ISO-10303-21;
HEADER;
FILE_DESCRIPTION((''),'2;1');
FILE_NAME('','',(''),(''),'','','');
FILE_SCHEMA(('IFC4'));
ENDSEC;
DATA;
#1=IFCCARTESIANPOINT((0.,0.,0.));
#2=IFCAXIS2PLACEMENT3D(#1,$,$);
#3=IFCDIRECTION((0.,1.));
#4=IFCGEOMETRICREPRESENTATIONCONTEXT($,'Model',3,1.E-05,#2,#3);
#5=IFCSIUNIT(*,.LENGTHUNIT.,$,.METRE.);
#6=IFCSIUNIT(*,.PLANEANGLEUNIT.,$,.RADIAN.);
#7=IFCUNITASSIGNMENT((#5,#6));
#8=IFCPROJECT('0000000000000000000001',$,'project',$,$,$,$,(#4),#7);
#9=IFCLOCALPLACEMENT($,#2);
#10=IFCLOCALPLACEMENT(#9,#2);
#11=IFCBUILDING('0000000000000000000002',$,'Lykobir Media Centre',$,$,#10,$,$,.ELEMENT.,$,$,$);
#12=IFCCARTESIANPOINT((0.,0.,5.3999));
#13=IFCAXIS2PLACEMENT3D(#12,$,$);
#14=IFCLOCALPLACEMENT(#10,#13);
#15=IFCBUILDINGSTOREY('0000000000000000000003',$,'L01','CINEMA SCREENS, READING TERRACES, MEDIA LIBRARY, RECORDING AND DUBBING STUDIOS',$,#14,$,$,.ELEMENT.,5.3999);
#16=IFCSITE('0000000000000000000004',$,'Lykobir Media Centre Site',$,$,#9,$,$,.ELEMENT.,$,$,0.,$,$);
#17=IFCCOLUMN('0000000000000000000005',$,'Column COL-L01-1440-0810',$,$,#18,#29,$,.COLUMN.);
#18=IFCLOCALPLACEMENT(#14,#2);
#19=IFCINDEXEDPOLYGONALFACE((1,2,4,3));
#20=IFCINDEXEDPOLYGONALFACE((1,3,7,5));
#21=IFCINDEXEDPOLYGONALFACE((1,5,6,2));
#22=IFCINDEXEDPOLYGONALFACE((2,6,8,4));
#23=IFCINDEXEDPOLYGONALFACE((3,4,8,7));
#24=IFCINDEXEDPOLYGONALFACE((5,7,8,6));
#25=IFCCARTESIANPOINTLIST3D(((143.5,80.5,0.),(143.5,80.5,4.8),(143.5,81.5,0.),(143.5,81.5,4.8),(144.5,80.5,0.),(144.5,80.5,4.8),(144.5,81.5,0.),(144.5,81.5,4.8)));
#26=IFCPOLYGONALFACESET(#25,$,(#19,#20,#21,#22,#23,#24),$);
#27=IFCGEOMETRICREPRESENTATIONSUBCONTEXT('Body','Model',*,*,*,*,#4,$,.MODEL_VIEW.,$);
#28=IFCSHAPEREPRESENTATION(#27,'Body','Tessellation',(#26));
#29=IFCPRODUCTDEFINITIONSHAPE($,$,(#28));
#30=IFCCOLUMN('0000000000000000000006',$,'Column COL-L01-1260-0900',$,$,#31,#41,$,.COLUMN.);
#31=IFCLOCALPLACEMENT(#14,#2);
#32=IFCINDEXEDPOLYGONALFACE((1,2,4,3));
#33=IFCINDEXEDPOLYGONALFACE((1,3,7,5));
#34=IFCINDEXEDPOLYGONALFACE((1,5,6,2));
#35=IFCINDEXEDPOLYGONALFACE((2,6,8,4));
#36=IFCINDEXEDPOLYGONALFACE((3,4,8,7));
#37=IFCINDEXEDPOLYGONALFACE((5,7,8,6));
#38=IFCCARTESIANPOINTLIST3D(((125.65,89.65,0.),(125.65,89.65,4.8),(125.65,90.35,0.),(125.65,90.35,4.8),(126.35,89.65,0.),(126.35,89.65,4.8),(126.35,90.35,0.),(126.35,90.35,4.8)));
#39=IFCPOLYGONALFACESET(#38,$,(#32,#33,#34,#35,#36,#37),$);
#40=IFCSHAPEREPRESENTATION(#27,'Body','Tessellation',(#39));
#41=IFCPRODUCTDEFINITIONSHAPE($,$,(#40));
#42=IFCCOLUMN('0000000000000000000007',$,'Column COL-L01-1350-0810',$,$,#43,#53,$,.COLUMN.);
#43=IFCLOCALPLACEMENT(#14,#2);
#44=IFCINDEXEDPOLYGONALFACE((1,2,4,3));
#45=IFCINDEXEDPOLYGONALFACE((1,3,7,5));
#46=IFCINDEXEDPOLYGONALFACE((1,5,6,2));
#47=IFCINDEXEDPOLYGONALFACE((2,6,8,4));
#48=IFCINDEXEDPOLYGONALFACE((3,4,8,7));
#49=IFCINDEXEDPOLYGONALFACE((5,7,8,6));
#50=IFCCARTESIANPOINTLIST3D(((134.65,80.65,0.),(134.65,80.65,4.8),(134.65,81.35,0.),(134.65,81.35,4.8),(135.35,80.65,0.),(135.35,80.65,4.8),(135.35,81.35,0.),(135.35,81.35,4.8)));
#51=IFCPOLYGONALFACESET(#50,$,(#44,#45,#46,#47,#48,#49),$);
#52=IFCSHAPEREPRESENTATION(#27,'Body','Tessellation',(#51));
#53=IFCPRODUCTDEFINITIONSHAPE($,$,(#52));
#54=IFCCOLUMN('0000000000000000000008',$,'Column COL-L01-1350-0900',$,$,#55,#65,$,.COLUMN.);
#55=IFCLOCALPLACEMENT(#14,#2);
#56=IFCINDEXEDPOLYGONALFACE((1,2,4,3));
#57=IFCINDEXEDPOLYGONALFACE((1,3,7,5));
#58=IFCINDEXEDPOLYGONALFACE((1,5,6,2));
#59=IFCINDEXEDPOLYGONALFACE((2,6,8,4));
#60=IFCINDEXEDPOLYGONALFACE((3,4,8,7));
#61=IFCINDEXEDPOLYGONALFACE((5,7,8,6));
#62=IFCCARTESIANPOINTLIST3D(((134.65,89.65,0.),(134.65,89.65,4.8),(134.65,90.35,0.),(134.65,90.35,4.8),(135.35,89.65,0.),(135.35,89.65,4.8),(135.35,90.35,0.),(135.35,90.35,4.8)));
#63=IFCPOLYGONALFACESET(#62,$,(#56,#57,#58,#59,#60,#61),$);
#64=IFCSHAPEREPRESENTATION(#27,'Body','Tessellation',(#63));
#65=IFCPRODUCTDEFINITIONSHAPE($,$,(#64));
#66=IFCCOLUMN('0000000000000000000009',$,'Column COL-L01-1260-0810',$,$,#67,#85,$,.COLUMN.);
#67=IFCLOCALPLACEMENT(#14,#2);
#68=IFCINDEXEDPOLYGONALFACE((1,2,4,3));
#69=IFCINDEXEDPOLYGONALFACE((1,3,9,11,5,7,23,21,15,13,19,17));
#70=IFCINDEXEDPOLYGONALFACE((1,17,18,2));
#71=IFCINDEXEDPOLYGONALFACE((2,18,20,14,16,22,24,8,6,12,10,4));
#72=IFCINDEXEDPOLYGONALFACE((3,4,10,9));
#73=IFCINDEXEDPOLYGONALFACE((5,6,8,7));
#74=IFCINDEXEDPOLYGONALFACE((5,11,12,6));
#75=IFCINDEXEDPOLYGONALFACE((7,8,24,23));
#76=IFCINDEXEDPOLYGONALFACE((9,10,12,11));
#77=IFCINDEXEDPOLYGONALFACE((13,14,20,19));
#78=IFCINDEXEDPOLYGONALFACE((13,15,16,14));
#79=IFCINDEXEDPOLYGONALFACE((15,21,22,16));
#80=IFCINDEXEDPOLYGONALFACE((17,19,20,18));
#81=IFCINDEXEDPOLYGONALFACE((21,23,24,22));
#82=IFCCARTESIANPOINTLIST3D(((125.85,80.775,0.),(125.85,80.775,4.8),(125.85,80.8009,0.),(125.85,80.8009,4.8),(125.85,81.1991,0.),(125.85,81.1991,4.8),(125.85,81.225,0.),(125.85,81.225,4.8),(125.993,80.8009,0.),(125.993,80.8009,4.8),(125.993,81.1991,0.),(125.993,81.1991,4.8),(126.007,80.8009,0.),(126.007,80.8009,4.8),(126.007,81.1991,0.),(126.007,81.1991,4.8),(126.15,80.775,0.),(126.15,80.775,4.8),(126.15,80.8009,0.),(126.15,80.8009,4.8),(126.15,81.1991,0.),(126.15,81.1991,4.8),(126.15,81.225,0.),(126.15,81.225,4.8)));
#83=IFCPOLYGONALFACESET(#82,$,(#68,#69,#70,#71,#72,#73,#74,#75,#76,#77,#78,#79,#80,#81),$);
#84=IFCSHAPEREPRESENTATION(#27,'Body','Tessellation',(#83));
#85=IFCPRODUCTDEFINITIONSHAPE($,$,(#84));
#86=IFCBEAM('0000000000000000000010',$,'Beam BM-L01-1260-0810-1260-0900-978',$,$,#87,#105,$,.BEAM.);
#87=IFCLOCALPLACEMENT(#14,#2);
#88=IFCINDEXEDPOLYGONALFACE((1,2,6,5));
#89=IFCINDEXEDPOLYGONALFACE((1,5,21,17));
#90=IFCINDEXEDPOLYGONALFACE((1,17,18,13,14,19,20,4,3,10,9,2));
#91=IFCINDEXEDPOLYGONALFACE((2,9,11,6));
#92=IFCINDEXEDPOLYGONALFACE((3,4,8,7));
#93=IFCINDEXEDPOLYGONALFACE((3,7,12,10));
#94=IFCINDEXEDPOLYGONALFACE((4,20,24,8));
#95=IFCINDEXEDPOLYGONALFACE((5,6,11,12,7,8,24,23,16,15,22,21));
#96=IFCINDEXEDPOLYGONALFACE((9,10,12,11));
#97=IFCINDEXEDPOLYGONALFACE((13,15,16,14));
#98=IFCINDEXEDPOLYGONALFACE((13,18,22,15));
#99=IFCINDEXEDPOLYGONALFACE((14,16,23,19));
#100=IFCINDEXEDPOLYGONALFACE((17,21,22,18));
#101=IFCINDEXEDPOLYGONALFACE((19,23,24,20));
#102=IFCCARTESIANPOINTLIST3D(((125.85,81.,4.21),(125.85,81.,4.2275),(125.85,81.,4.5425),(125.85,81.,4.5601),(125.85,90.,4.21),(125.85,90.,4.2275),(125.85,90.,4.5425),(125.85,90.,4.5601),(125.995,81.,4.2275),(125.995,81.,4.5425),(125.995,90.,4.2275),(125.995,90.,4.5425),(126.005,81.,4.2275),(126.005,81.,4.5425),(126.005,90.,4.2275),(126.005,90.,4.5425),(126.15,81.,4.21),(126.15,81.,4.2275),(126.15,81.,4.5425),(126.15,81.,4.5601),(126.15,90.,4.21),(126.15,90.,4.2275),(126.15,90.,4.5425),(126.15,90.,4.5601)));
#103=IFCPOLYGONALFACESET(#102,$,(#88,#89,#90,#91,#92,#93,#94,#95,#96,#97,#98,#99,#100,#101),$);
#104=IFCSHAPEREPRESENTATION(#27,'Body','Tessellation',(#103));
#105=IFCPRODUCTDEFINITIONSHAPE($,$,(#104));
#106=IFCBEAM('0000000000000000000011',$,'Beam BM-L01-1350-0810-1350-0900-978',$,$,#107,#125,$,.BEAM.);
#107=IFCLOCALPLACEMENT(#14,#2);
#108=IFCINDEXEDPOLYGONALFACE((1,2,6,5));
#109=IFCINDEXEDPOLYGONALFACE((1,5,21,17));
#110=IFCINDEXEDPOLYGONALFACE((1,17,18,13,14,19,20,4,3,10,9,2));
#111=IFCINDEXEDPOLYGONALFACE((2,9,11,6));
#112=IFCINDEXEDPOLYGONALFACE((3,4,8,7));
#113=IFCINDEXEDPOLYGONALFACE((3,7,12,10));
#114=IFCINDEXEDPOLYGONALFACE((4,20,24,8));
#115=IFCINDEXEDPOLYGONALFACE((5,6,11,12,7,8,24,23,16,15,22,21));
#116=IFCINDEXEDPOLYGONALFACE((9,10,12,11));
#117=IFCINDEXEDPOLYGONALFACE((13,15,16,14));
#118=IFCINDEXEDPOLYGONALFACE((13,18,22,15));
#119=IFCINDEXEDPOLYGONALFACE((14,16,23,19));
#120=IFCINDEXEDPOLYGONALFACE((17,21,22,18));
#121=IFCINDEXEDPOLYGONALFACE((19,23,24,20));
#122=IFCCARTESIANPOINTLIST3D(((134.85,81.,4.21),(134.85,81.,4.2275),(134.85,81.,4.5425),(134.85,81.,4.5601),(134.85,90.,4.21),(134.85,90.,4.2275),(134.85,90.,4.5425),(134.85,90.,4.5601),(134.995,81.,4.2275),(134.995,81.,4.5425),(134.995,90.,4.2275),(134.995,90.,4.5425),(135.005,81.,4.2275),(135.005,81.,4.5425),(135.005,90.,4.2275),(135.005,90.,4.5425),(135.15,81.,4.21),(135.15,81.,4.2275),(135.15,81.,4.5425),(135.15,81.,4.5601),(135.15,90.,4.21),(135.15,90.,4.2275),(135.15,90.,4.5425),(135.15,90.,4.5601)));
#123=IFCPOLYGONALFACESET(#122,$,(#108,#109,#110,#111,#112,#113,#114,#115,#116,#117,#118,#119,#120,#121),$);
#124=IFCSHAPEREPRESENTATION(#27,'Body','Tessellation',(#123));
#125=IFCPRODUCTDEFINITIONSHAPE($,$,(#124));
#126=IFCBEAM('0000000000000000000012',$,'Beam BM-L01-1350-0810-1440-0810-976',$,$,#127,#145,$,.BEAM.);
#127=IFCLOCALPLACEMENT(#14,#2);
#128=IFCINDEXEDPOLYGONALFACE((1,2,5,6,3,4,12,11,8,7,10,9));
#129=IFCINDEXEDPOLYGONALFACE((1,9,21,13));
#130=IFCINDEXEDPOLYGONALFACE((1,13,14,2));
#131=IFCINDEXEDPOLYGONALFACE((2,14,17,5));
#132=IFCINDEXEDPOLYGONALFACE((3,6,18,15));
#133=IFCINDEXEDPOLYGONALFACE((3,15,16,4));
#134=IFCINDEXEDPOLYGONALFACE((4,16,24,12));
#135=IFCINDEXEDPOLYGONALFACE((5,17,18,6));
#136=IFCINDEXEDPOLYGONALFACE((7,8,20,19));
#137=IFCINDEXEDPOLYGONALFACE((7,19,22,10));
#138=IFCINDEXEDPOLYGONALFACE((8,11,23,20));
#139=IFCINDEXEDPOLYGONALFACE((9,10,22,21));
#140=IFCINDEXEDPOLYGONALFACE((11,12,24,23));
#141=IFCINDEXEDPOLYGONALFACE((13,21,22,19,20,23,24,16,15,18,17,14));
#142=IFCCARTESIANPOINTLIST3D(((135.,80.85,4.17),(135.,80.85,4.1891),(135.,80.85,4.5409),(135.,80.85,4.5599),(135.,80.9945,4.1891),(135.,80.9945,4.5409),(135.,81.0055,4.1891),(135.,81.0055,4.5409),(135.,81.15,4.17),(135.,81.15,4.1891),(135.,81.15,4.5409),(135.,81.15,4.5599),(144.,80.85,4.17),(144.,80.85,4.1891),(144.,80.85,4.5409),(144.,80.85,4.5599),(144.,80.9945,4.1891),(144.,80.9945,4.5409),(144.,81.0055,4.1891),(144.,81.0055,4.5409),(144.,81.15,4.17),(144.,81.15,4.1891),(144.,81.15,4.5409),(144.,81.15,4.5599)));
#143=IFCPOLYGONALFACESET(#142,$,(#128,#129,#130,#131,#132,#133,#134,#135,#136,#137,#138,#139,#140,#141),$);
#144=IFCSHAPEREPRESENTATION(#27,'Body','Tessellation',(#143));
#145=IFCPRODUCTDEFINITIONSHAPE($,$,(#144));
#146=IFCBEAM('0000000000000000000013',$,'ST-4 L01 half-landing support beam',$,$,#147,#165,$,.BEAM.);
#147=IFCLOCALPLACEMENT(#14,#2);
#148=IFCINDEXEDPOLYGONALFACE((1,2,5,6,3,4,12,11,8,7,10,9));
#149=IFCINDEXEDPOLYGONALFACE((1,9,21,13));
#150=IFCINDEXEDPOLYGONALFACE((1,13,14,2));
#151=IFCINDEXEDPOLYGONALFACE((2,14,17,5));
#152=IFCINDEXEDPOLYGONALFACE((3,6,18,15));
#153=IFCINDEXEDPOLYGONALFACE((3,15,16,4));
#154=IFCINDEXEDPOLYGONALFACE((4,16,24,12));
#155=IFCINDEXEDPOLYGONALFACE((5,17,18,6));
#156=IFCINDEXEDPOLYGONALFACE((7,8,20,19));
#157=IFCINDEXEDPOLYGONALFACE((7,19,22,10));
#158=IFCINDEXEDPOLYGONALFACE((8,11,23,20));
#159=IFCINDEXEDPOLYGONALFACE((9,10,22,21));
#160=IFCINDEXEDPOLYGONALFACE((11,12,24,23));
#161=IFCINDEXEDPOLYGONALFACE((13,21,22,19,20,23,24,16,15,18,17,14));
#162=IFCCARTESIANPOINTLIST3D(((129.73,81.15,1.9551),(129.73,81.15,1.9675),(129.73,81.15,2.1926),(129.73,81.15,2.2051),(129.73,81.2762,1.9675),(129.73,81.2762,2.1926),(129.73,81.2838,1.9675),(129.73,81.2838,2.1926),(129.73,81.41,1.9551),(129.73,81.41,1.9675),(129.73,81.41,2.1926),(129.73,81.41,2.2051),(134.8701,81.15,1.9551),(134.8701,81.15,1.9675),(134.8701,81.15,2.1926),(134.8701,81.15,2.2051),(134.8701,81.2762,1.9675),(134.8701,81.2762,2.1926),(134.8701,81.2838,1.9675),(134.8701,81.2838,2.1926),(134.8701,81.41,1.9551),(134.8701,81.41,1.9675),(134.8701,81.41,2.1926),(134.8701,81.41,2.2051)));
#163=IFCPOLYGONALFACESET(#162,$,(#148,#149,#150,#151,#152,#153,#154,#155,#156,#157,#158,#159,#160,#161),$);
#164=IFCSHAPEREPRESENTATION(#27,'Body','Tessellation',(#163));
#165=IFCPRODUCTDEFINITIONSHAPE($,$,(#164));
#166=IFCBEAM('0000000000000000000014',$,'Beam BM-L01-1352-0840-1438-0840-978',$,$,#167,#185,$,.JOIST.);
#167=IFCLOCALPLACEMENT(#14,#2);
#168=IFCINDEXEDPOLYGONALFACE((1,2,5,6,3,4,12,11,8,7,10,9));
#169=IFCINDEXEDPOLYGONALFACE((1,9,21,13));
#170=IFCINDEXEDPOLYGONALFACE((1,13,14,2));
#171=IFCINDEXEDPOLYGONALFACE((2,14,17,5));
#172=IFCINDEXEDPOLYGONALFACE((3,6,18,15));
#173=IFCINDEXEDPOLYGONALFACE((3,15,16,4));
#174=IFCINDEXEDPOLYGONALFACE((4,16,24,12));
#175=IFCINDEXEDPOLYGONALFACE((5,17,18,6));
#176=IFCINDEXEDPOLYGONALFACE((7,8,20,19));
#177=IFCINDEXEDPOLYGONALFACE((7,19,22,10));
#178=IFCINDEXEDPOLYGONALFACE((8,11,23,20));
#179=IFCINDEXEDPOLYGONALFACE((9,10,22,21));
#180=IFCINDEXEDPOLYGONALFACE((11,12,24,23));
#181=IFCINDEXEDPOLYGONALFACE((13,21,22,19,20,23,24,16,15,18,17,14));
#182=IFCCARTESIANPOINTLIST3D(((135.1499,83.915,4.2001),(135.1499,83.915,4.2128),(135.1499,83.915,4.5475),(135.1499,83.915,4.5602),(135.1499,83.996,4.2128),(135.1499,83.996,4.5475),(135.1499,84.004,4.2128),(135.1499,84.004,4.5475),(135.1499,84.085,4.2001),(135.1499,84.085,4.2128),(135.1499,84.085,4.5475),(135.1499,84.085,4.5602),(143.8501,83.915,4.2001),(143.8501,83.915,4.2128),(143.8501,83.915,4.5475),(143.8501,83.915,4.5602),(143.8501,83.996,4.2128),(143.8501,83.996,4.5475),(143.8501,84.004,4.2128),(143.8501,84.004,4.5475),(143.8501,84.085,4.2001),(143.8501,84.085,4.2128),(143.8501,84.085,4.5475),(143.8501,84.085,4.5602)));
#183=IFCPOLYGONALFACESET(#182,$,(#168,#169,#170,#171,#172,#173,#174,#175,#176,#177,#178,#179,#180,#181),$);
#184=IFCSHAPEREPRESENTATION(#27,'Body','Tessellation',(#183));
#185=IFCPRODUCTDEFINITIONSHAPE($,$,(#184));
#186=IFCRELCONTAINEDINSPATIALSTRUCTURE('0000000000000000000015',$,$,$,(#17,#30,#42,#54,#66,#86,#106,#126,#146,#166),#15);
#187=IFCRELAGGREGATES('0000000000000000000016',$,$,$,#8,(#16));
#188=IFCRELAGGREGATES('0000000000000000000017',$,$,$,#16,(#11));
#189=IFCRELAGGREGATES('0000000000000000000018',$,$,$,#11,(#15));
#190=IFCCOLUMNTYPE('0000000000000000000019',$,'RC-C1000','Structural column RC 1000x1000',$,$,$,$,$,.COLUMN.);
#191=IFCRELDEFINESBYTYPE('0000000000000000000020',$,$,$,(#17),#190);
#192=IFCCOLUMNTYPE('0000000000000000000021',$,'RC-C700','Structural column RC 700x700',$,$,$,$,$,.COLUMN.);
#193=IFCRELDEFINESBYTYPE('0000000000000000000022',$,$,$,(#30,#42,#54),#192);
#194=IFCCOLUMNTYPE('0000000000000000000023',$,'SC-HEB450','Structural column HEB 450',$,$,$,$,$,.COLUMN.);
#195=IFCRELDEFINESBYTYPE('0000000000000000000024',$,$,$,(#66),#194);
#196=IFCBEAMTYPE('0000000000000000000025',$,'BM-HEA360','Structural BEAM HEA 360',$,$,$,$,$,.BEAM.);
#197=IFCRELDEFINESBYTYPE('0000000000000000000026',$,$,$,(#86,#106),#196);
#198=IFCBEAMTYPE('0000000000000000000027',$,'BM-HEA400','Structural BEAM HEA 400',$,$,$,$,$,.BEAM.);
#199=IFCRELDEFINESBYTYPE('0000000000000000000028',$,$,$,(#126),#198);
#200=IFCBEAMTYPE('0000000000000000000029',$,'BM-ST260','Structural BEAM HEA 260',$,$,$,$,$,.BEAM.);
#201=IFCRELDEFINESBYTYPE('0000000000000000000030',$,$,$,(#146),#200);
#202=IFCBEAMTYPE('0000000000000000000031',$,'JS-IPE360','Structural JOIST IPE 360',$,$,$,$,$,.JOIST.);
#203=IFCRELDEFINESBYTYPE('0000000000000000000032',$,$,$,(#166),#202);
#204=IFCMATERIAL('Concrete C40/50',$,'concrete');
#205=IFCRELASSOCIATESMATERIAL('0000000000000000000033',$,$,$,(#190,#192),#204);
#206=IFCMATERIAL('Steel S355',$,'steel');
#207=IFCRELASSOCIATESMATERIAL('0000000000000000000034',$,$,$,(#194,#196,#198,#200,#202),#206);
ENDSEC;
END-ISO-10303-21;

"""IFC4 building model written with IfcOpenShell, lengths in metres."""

from ifc_helpers import new_model, si_unit, direction, frame, origin, origin_2d, place, context, subcontext, project, spatial, rectangle, i_section, extrude, material, material_profile, profile_set, type_object, element, save


model = new_model("IFC4")

# Units and contexts
model_context = context("Model", 3, precision=1e-05, world=origin(), true_north=direction((0.0, 1.0)))
body_context = subcontext(model_context, "Body", "Model", "MODEL_VIEW")
ifc_project = project(units=[si_unit("LENGTHUNIT", "METRE"), si_unit("PLANEANGLEUNIT", "RADIAN")], contexts=[model_context])

# Site, building, storey
site_placement = place(None, origin())
site = spatial("IfcSite", under=ifc_project, at=site_placement, Name="Lykobir Media Centre Site", CompositionType="ELEMENT", RefElevation=0.0)
building_placement = place(site_placement, origin())
building = spatial("IfcBuilding", under=site, at=building_placement, Name="Lykobir Media Centre", CompositionType="ELEMENT")
storey_placement = place(building_placement, frame((0.0, 0.0, 5.3999)))
storey = spatial("IfcBuildingStorey", under=building, at=storey_placement, Name="L01", Description="CINEMA SCREENS, READING TERRACES, MEDIA LIBRARY, RECORDING AND DUBBING STUDIOS", CompositionType="ELEMENT", Elevation=5.3999)

# Columns
ifc_material_1 = material(Name="Concrete C40/50", Category="concrete")
ifc_material_profile_1 = material_profile(ifc_material_1, rectangle(XDim=1.0, YDim=1.0, at=origin_2d()), Name="RC 1000x1000")
ifc_profile_set_1 = profile_set([ifc_material_profile_1], Name="Concrete C40/50")
column_type_1 = type_object("IfcColumnType", Name="RC-C1000", Description="Structural column RC 1000x1000", PredefinedType="COLUMN", material=ifc_profile_set_1)
column_1_placement = place(storey_placement, frame((144.0, 81.0, 0.0), z_axis=(0.0, 0.0, 1.0), x_axis=(1.0, 0.0, 0.0)))
element("IfcColumn", 1, at=column_1_placement, inside=storey, type_object=column_type_1, Name="Column COL-L01-1440-0810", PredefinedType="COLUMN", context=body_context, shape_type="SweptSolid", body=[
    extrude(rectangle(XDim=1.0, YDim=1.0, at=origin_2d()), origin(), (0.0, 0.0, 1.0), 4.8),
])
ifc_material_profile_2 = material_profile(ifc_material_1, rectangle(XDim=0.7, YDim=0.7, at=origin_2d()), Name="RC 700x700")
ifc_profile_set_2 = profile_set([ifc_material_profile_2], Name="Concrete C40/50")
column_type_2 = type_object("IfcColumnType", Name="RC-C700", Description="Structural column RC 700x700", PredefinedType="COLUMN", material=ifc_profile_set_2)
for number, where, z_axis, x_axis, name in (
    (2, (126.0, 90.0, 0.0), (0.0, 0.0, 1.0), (1.0, 0.0, 0.0), "Column COL-L01-1260-0900"),
    (3, (135.0, 81.0, 0.0), (0.0, 0.0, 1.0), (1.0, 0.0, 0.0), "Column COL-L01-1350-0810"),
    (4, (135.0, 90.0, 0.0), (0.0, 0.0, 1.0), (1.0, 0.0, 0.0), "Column COL-L01-1350-0900"),
):
    element("IfcColumn", number, at=place(storey_placement, frame(where, z_axis=z_axis, x_axis=x_axis)), inside=storey, type_object=column_type_2, Name=name, PredefinedType="COLUMN", context=body_context, shape_type="SweptSolid", body=[
        extrude(rectangle(XDim=0.7, YDim=0.7, at=origin_2d()), origin(), (0.0, 0.0, 1.0), 4.8),
    ])
ifc_material_2 = material(Name="Steel S355", Category="steel")
ifc_material_profile_3 = material_profile(ifc_material_2, i_section(OverallWidth=0.3, OverallDepth=0.45, WebThickness=0.0139, FlangeThickness=0.0259, at=origin_2d()), Name="HEB 450")
ifc_profile_set_3 = profile_set([ifc_material_profile_3], Name="Steel S355")
column_type_3 = type_object("IfcColumnType", Name="SC-HEB450", Description="Structural column HEB 450", PredefinedType="COLUMN", material=ifc_profile_set_3)
column_2_placement = place(storey_placement, frame((126.0, 81.0, 0.0), z_axis=(0.0, 0.0, 1.0), x_axis=(1.0, 0.0, 0.0)))
element("IfcColumn", 5, at=column_2_placement, inside=storey, type_object=column_type_3, Name="Column COL-L01-1260-0810", PredefinedType="COLUMN", context=body_context, shape_type="SweptSolid", body=[
    extrude(i_section(OverallWidth=0.3, OverallDepth=0.45, WebThickness=0.0139, FlangeThickness=0.0259, at=origin_2d()), origin(), (0.0, 0.0, 1.0), 4.8),
])

# Beams
ifc_material_profile_4 = material_profile(ifc_material_2, i_section(OverallWidth=0.3, OverallDepth=0.3501, WebThickness=0.01, FlangeThickness=0.0176, at=origin_2d()), Name="HEA 360")
ifc_profile_set_4 = profile_set([ifc_material_profile_4], Name="Steel S355")
beam_type_1 = type_object("IfcBeamType", Name="BM-HEA360", Description="Structural BEAM HEA 360", PredefinedType="BEAM", material=ifc_profile_set_4)
for number, where, z_axis, x_axis, name in (
    (6, (126.0, 81.0, 4.385), (0.0, 1.0, 0.0), (-1.0, 0.0, 0.0), "Beam BM-L01-1260-0810-1260-0900-978"),
    (7, (135.0, 81.0, 4.385), (0.0, 1.0, 0.0), (-1.0, 0.0, 0.0), "Beam BM-L01-1350-0810-1350-0900-978"),
):
    element("IfcBeam", number, at=place(storey_placement, frame(where, z_axis=z_axis, x_axis=x_axis)), inside=storey, type_object=beam_type_1, Name=name, PredefinedType="BEAM", context=body_context, shape_type="SweptSolid", body=[
        extrude(i_section(OverallWidth=0.3, OverallDepth=0.3501, WebThickness=0.01, FlangeThickness=0.0176, at=origin_2d()), origin(), (0.0, 0.0, 1.0), 9.0),
    ])
ifc_material_profile_5 = material_profile(ifc_material_2, i_section(OverallWidth=0.3, OverallDepth=0.3899, WebThickness=0.011, FlangeThickness=0.019, at=origin_2d()), Name="HEA 400")
ifc_profile_set_5 = profile_set([ifc_material_profile_5], Name="Steel S355")
beam_type_2 = type_object("IfcBeamType", Name="BM-HEA400", Description="Structural BEAM HEA 400", PredefinedType="BEAM", material=ifc_profile_set_5)
beam_1_placement = place(storey_placement, frame((135.0, 81.0, 4.365), z_axis=(1.0, 0.0, 0.0), x_axis=(0.0, 1.0, 0.0)))
element("IfcBeam", 8, at=beam_1_placement, inside=storey, type_object=beam_type_2, Name="Beam BM-L01-1350-0810-1440-0810-976", PredefinedType="BEAM", context=body_context, shape_type="SweptSolid", body=[
    extrude(i_section(OverallWidth=0.3, OverallDepth=0.3899, WebThickness=0.011, FlangeThickness=0.019, at=origin_2d()), origin(), (0.0, 0.0, 1.0), 9.0),
])
ifc_material_profile_6 = material_profile(ifc_material_2, i_section(OverallWidth=0.26, OverallDepth=0.25, WebThickness=0.0076, FlangeThickness=0.0125, at=origin_2d()), Name="HEA 260")
ifc_profile_set_6 = profile_set([ifc_material_profile_6], Name="Steel S355")
beam_type_3 = type_object("IfcBeamType", Name="BM-ST260", Description="Structural BEAM HEA 260", PredefinedType="BEAM", material=ifc_profile_set_6)
beam_2_placement = place(storey_placement, frame((129.73, 81.28, 2.0801), z_axis=(1.0, 0.0, 0.0), x_axis=(0.0, 1.0, 0.0)))
element("IfcBeam", 9, at=beam_2_placement, inside=storey, type_object=beam_type_3, Name="ST-4 L01 half-landing support beam", PredefinedType="BEAM", context=body_context, shape_type="SweptSolid", body=[
    extrude(i_section(OverallWidth=0.26, OverallDepth=0.25, WebThickness=0.0076, FlangeThickness=0.0125, at=origin_2d()), origin(), (0.0, 0.0, 1.0), 5.1401),
])
ifc_material_profile_7 = material_profile(ifc_material_2, i_section(OverallWidth=0.1699, OverallDepth=0.3601, WebThickness=0.0081, FlangeThickness=0.0127, at=origin_2d()), Name="IPE 360")
ifc_profile_set_7 = profile_set([ifc_material_profile_7], Name="Steel S355")
beam_type_4 = type_object("IfcBeamType", Name="JS-IPE360", Description="Structural JOIST IPE 360", PredefinedType="JOIST", material=ifc_profile_set_7)
for number, where, z_axis, x_axis, name in (
    (10, (135.1499, 84.0, 4.3801), (1.0, 0.0, 0.0), (0.0, 1.0, 0.0), "Beam BM-L01-1352-0840-1438-0840-978"),
):
    element("IfcBeam", number, at=place(storey_placement, frame(where, z_axis=z_axis, x_axis=x_axis)), inside=storey, type_object=beam_type_4, Name=name, PredefinedType="JOIST", context=body_context, shape_type="SweptSolid", body=[
        extrude(i_section(OverallWidth=0.1699, OverallDepth=0.3601, WebThickness=0.0081, FlangeThickness=0.0127, at=origin_2d()), origin(), (0.0, 0.0, 1.0), 8.7002),
    ])

save(model, "model.ifc")
